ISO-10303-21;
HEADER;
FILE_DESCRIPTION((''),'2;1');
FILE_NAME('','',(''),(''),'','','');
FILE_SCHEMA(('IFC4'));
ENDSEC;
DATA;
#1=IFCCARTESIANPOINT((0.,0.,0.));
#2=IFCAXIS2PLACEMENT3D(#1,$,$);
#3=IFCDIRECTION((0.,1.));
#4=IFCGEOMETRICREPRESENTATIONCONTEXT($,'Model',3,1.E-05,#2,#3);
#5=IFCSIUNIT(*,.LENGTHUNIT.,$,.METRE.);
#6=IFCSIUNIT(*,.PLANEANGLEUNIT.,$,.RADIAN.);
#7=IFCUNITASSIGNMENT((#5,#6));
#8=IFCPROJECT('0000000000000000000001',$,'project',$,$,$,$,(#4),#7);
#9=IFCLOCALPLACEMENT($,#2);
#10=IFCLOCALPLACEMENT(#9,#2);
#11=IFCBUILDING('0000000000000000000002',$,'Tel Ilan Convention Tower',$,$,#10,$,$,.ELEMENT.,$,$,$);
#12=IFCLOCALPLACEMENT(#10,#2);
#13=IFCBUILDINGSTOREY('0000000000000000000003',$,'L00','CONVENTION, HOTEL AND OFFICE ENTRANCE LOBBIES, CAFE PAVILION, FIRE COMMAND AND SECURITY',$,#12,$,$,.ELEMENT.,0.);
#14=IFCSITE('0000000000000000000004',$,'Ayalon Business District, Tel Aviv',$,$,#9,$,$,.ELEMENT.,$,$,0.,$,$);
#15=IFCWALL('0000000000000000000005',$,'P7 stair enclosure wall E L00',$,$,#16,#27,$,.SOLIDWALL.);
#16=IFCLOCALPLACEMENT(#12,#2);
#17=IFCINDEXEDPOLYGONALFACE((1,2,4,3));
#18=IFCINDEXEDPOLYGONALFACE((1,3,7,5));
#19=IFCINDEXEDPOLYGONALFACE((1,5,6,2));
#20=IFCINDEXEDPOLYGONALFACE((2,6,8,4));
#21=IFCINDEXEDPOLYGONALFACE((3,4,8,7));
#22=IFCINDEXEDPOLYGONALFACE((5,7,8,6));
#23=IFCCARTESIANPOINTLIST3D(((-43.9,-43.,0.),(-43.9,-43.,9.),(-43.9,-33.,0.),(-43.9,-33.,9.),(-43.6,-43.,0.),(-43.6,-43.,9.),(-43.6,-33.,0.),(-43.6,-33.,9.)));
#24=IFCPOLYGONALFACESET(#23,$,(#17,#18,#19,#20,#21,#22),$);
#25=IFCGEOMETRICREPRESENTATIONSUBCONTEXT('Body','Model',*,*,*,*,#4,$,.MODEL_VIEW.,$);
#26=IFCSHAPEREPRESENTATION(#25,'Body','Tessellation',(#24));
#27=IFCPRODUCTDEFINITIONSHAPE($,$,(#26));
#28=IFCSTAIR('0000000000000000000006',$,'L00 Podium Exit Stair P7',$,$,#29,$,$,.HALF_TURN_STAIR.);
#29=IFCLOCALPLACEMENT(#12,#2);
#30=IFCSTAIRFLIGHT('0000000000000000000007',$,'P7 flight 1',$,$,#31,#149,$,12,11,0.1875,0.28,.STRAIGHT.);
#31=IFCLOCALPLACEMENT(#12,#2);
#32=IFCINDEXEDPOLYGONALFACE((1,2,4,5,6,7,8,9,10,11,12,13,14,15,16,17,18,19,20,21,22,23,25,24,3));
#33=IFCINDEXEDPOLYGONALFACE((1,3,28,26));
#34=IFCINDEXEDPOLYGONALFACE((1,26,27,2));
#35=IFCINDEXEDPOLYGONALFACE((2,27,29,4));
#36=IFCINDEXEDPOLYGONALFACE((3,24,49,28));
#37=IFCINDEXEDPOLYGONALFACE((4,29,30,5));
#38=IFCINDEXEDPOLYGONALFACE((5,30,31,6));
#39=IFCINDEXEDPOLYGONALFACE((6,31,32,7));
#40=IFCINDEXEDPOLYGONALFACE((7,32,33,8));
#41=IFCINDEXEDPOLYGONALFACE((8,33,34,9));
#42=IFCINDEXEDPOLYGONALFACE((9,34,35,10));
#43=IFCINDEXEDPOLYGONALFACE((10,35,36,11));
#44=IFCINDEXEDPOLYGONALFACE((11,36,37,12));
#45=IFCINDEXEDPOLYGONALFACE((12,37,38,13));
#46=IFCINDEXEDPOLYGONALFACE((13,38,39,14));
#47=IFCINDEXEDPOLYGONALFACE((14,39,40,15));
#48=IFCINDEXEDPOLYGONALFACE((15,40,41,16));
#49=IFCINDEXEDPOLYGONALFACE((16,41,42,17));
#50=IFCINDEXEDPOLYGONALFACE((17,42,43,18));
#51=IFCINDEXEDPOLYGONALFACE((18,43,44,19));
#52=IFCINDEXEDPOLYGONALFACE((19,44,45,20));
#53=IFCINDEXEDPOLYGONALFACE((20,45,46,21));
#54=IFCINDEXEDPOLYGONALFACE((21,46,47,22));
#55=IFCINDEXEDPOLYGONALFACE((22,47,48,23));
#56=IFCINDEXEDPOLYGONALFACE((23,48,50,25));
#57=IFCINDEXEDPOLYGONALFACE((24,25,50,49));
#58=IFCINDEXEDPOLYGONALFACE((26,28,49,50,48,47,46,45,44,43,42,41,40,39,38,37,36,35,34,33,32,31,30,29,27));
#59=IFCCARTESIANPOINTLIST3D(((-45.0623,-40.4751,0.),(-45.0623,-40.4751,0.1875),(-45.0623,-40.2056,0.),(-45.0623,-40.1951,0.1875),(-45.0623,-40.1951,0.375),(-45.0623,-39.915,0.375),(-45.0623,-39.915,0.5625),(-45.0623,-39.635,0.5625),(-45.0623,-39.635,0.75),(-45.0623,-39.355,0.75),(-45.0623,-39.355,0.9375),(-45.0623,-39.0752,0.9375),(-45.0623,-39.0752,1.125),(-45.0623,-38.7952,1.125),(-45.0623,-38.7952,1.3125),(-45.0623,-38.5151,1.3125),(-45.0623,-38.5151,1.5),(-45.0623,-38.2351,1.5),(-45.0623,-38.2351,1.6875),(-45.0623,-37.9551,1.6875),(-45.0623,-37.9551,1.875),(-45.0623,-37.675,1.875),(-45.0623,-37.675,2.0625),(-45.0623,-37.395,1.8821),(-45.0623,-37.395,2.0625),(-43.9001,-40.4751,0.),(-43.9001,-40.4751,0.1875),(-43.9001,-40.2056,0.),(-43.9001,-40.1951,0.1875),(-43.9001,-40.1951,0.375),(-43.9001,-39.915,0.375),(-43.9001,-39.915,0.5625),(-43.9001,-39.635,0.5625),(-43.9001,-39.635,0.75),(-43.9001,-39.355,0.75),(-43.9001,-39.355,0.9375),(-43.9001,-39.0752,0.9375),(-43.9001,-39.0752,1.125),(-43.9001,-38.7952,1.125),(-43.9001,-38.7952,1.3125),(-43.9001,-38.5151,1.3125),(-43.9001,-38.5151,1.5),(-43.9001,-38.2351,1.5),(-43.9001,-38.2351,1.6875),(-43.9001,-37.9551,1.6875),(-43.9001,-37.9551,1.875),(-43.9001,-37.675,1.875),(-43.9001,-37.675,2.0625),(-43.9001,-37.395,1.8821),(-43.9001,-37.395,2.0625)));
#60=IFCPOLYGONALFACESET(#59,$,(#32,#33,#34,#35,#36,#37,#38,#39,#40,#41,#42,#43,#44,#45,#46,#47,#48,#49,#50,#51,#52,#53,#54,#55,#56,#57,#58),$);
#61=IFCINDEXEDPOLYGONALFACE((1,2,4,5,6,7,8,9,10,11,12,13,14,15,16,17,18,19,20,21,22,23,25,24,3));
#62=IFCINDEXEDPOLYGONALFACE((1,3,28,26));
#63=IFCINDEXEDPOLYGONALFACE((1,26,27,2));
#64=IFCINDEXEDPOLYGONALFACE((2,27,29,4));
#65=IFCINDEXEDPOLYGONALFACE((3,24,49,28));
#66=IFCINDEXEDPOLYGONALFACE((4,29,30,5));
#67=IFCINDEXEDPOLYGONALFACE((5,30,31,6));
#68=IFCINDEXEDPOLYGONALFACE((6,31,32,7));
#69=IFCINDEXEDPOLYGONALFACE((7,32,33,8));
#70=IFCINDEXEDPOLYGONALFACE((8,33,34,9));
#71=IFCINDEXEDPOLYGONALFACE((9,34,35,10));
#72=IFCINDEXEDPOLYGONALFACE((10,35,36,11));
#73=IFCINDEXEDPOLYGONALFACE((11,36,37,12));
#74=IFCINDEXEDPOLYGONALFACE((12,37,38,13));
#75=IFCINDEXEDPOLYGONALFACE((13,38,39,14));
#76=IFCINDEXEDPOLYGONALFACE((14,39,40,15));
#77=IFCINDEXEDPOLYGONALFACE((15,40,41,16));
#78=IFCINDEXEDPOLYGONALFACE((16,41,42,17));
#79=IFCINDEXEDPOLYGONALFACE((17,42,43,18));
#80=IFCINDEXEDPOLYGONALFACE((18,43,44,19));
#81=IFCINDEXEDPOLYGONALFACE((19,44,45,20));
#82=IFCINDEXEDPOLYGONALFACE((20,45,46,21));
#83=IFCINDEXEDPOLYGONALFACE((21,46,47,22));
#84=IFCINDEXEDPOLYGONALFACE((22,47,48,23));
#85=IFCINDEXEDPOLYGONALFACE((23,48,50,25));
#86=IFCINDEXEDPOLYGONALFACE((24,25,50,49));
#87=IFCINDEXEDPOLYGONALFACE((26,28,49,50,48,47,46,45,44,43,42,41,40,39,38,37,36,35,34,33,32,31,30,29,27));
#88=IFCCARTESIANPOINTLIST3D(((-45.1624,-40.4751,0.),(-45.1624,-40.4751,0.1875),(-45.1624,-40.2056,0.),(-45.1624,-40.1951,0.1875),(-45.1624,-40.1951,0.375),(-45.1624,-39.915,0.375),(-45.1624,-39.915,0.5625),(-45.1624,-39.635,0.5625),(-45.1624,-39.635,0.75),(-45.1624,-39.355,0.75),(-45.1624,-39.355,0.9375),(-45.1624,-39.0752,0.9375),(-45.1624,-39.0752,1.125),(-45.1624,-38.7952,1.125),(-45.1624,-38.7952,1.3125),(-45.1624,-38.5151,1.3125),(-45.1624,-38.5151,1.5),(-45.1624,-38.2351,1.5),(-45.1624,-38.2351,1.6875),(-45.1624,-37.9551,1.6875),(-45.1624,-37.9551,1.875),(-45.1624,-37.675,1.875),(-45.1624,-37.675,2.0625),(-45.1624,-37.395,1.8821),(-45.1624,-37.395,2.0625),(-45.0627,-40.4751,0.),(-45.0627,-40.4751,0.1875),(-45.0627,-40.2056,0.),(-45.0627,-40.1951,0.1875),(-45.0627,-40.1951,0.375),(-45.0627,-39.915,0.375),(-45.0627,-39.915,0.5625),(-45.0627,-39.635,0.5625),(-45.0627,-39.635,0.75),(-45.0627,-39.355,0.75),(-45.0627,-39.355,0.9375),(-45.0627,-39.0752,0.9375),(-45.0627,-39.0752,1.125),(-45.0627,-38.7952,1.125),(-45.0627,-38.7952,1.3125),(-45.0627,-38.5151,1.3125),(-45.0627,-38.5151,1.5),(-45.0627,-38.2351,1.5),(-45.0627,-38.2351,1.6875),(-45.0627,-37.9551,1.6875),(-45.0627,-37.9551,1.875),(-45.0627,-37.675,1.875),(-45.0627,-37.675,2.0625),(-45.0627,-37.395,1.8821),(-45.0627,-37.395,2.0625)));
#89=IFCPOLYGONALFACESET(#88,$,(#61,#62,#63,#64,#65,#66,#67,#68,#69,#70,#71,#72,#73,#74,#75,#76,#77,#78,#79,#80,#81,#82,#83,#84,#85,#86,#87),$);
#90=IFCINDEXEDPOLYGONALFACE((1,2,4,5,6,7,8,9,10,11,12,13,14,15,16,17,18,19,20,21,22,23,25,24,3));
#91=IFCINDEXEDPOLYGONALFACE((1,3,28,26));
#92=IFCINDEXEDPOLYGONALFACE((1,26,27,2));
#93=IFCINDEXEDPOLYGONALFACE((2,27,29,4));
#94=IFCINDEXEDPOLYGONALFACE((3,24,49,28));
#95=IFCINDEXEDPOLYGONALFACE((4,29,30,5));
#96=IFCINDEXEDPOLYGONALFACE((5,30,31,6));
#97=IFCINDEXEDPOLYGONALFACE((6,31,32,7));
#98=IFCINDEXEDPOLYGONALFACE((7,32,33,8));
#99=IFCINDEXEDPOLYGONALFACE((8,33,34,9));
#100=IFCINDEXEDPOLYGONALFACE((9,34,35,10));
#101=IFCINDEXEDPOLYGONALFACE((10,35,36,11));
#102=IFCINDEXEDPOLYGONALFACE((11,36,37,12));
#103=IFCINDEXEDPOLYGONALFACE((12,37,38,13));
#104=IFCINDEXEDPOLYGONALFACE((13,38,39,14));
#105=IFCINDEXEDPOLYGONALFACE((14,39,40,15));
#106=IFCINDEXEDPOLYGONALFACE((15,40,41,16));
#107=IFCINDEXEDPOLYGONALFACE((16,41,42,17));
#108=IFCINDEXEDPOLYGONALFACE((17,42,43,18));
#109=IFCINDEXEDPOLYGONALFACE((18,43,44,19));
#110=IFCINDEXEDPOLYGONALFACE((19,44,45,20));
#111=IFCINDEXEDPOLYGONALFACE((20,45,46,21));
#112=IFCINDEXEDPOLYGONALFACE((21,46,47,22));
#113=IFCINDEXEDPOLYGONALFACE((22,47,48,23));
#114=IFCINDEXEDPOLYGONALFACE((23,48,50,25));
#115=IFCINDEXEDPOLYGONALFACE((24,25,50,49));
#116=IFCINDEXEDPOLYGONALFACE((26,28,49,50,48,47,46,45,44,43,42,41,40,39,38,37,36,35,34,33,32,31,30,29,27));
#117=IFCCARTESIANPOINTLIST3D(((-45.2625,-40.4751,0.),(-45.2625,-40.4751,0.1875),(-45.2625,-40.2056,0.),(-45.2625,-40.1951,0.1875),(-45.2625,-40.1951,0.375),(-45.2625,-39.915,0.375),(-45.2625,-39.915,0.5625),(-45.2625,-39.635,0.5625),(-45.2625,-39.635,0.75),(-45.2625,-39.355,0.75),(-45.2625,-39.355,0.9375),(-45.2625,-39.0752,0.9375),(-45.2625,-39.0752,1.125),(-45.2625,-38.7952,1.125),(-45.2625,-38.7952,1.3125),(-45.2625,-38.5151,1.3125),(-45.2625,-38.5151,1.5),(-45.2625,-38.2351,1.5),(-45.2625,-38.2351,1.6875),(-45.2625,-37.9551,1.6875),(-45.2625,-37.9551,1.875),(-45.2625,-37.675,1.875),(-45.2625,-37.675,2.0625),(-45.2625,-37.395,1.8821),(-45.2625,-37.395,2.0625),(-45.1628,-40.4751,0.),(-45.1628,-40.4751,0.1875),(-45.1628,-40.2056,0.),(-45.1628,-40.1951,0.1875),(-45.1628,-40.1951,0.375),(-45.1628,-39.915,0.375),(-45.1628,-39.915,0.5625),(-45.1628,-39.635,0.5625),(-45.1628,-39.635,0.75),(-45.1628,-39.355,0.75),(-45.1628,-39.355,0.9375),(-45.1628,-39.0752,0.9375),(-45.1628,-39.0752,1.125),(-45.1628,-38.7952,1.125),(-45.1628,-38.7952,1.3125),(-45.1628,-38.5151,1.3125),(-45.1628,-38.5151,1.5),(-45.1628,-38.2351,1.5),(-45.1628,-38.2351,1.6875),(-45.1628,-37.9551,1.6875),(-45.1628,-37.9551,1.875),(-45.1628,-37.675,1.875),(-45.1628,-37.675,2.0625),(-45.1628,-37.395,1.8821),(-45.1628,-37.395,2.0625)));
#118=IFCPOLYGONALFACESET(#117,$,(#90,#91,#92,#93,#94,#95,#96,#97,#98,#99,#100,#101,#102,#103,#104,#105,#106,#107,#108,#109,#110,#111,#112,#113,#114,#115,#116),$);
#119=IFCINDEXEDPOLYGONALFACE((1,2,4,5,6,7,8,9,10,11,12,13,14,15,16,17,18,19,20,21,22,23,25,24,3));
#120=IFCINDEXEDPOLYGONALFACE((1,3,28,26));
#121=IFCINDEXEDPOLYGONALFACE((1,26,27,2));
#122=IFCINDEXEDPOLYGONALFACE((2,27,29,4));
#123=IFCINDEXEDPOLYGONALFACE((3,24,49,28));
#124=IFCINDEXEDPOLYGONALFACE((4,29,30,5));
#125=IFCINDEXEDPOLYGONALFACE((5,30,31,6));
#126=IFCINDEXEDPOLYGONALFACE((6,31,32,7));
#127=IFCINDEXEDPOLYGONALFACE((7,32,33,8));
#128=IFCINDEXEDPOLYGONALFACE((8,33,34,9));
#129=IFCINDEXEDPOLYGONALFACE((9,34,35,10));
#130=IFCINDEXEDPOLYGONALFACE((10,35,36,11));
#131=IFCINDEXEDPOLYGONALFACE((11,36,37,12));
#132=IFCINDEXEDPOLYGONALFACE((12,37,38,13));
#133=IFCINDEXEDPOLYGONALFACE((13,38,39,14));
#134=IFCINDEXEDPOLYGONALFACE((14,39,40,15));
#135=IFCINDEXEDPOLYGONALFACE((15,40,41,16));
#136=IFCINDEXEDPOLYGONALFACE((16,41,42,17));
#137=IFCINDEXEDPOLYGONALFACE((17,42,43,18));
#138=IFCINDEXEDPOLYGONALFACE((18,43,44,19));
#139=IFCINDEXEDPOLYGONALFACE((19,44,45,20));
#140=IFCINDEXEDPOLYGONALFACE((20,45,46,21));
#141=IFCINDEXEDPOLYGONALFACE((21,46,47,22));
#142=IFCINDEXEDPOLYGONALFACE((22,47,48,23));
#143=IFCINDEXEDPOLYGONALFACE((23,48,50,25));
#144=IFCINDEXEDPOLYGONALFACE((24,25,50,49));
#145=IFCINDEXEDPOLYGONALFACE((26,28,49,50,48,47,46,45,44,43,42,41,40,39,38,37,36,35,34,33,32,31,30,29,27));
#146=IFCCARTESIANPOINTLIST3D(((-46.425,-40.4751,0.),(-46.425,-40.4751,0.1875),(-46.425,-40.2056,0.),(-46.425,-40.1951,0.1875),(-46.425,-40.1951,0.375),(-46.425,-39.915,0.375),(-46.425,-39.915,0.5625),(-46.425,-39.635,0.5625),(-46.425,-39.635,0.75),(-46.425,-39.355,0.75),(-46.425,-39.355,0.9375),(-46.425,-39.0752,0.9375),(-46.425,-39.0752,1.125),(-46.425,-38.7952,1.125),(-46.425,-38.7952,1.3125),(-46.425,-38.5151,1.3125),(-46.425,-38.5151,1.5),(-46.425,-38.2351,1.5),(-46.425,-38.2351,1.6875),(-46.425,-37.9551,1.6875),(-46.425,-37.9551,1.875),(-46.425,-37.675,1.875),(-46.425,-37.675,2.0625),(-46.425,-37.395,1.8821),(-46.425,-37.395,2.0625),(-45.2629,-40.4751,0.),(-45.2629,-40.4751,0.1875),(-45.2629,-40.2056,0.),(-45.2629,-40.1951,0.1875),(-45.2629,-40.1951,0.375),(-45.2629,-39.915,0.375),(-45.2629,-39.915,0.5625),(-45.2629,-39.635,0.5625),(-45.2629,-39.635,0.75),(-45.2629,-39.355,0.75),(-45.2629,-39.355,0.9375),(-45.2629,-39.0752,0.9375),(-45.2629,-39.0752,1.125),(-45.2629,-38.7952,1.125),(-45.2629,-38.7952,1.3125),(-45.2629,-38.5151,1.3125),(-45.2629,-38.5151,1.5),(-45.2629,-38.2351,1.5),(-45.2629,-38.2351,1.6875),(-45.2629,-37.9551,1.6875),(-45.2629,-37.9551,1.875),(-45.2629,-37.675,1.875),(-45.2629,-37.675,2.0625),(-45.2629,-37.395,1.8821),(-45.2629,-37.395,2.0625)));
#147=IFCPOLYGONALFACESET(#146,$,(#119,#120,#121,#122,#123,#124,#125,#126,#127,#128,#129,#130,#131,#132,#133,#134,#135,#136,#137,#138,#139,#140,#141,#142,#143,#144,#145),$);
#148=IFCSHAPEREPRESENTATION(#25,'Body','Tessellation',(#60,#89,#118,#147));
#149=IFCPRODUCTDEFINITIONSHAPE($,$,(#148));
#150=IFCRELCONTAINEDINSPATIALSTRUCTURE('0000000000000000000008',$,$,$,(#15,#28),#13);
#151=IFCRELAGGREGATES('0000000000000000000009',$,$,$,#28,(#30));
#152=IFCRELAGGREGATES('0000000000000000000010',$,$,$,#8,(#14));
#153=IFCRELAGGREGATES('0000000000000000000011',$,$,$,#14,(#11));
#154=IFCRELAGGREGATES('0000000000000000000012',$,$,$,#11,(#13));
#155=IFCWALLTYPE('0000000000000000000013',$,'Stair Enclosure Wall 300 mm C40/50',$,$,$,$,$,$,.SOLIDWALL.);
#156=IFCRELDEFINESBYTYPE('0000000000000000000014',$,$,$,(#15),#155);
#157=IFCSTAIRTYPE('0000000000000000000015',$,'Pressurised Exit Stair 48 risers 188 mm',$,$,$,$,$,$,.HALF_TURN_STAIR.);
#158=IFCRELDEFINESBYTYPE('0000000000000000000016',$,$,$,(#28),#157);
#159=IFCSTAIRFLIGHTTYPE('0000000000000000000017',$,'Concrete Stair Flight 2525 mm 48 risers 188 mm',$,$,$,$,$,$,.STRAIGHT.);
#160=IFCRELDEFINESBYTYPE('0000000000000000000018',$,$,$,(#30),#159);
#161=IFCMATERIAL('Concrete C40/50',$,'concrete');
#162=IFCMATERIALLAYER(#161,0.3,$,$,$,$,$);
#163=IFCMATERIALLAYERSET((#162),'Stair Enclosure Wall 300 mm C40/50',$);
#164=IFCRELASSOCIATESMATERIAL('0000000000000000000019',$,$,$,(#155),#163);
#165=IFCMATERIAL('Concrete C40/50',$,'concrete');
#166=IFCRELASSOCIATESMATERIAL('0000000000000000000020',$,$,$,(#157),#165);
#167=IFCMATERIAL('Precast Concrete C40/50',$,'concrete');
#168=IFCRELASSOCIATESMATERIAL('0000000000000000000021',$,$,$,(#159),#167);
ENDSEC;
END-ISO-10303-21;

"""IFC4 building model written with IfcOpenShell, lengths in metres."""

from ifc_helpers import new_model, si_unit, direction, frame, frame_2d, origin, place, context, subcontext, project, spatial, polyline, rectangle, outline, extrude, material, layer, layer_set, type_object, element, aggregate, save


model = new_model("IFC4")

# Units and contexts
model_context = context("Model", 3, precision=1e-05, world=origin(), true_north=direction((0.0, 1.0)))
body_context = subcontext(model_context, "Body", "Model", "MODEL_VIEW")
ifc_project = project(units=[si_unit("LENGTHUNIT", "METRE"), si_unit("PLANEANGLEUNIT", "RADIAN")], contexts=[model_context])

# Site, building, storey
site_placement = place(None, origin())
site = spatial("IfcSite", under=ifc_project, at=site_placement, Name="Ayalon Business District, Tel Aviv", CompositionType="ELEMENT", RefElevation=0.0)
building_placement = place(site_placement, origin())
building = spatial("IfcBuilding", under=site, at=building_placement, Name="Tel Ilan Convention Tower", CompositionType="ELEMENT")
storey_placement = place(building_placement, origin())
storey = spatial("IfcBuildingStorey", under=building, at=storey_placement, Name="L00", Description="CONVENTION, HOTEL AND OFFICE ENTRANCE LOBBIES, CAFE PAVILION, FIRE COMMAND AND SECURITY", CompositionType="ELEMENT", Elevation=0.0)

# Wall
ifc_material_1 = material(Name="Concrete C40/50", Category="concrete")
ifc_layer_1 = layer(ifc_material_1, 0.3)
ifc_layer_set_1 = layer_set([ifc_layer_1], Name="Stair Enclosure Wall 300 mm C40/50")
wall_type = type_object("IfcWallType", Name="Stair Enclosure Wall 300 mm C40/50", PredefinedType="SOLIDWALL", material=ifc_layer_set_1)
wall_placement = place(storey_placement, frame((-43.75, -43.0, 0.0), z_axis=(0.0, 0.0, 1.0), x_axis=(0.0, 1.0, 0.0)))
element("IfcWall", 1, at=wall_placement, inside=storey, type_object=wall_type, Name="P7 stair enclosure wall E L00", PredefinedType="SOLIDWALL", context=body_context, shape_type="SweptSolid", body=[
    extrude(rectangle(XDim=10.0, YDim=0.3, at=frame_2d((5.0, 0.0))), origin(), (0.0, 0.0, 1.0), 9.0),
])

# Stair, stair flight
ifc_material_2 = material(Name="Concrete C40/50", Category="concrete")
stair_type = type_object("IfcStairType", Name="Pressurised Exit Stair 48 risers 188 mm", PredefinedType="HALF_TURN_STAIR", material=ifc_material_2)
stair_placement = place(storey_placement, origin())
stair = element("IfcStair", 2, at=stair_placement, inside=storey, type_object=stair_type, Name="L00 Podium Exit Stair P7", PredefinedType="HALF_TURN_STAIR")
ifc_material_3 = material(Name="Precast Concrete C40/50", Category="concrete")
stair_flight_type = type_object("IfcStairFlightType", Name="Concrete Stair Flight 2525 mm 48 risers 188 mm", PredefinedType="STRAIGHT", material=ifc_material_3)
stair_flight_1_placement = place(storey_placement, frame((-45.1626, -40.4751, 0.0), z_axis=(0.0, 0.0, 1.0), x_axis=(0.0, 1.0, 0.0)))
stair_flight_1 = element("IfcStairFlight", 3, at=stair_flight_1_placement, type_object=stair_flight_type, Name="P7 flight 1", NumberOfRisers=12, NumberOfTreads=11, PredefinedType="STRAIGHT", RiserHeight=0.1875, TreadLength=0.28, context=body_context, shape_type="SweptSolid", body=[
    extrude(outline(polyline([(0.0, 0.0), (0.0, 0.1875), (0.28, 0.1875), (0.28, 0.375), (0.5601, 0.375), (0.5601, 0.5625), (0.8401, 0.5625), (0.8401, 0.75), (1.1201, 0.75), (1.1201, 0.9375), (1.3999, 0.9375), (1.3999, 1.125), (1.6799, 1.125), (1.6799, 1.3125), (1.96, 1.3125), (1.96, 1.5), (2.24, 1.5), (2.24, 1.6875), (2.52, 1.6875), (2.52, 1.875), (2.8, 1.875), (2.8, 2.0625), (3.0801, 2.0625), (3.0801, 2.25), (3.0801, 1.8821), (0.2695, 0.0), (0.0, 0.0)])), frame((0.0, -0.1003, 0.0), z_axis=(0.0, -1.0, 0.0), x_axis=(1.0, 0.0, 0.0)), (0.0, 0.0, 1.0), 1.1621),
    extrude(outline(polyline([(0.0, 0.0), (0.0, 0.1875), (0.28, 0.1875), (0.28, 0.375), (0.5601, 0.375), (0.5601, 0.5625), (0.8401, 0.5625), (0.8401, 0.75), (1.1201, 0.75), (1.1201, 0.9375), (1.3999, 0.9375), (1.3999, 1.125), (1.6799, 1.125), (1.6799, 1.3125), (1.96, 1.3125), (1.96, 1.5), (2.24, 1.5), (2.24, 1.6875), (2.52, 1.6875), (2.52, 1.875), (2.8, 1.875), (2.8, 2.0625), (3.0801, 2.0625), (3.0801, 2.25), (3.0801, 1.8821), (0.2695, 0.0), (0.0, 0.0)])), frame((0.0, -0.0002, 0.0), z_axis=(0.0, -1.0, 0.0), x_axis=(1.0, 0.0, 0.0)), (0.0, 0.0, 1.0), 0.0996),
    extrude(outline(polyline([(0.0, 0.0), (0.0, 0.1875), (0.28, 0.1875), (0.28, 0.375), (0.5601, 0.375), (0.5601, 0.5625), (0.8401, 0.5625), (0.8401, 0.75), (1.1201, 0.75), (1.1201, 0.9375), (1.3999, 0.9375), (1.3999, 1.125), (1.6799, 1.125), (1.6799, 1.3125), (1.96, 1.3125), (1.96, 1.5), (2.24, 1.5), (2.24, 1.6875), (2.52, 1.6875), (2.52, 1.875), (2.8, 1.875), (2.8, 2.0625), (3.0801, 2.0625), (3.0801, 2.25), (3.0801, 1.8821), (0.2695, 0.0), (0.0, 0.0)])), frame((0.0, 0.0999, 0.0), z_axis=(0.0, -1.0, 0.0), x_axis=(1.0, 0.0, 0.0)), (0.0, 0.0, 1.0), 0.0996),
    extrude(outline(polyline([(0.0, 0.0), (0.0, 0.1875), (0.28, 0.1875), (0.28, 0.375), (0.5601, 0.375), (0.5601, 0.5625), (0.8401, 0.5625), (0.8401, 0.75), (1.1201, 0.75), (1.1201, 0.9375), (1.3999, 0.9375), (1.3999, 1.125), (1.6799, 1.125), (1.6799, 1.3125), (1.96, 1.3125), (1.96, 1.5), (2.24, 1.5), (2.24, 1.6875), (2.52, 1.6875), (2.52, 1.875), (2.8, 1.875), (2.8, 2.0625), (3.0801, 2.0625), (3.0801, 2.25), (3.0801, 1.8821), (0.2695, 0.0), (0.0, 0.0)])), frame((0.0, 1.2625, 0.0), z_axis=(0.0, -1.0, 0.0), x_axis=(1.0, 0.0, 0.0)), (0.0, 0.0, 1.0), 1.1621),
])
aggregate(stair, [stair_flight_1])

save(model, "model.ifc")
